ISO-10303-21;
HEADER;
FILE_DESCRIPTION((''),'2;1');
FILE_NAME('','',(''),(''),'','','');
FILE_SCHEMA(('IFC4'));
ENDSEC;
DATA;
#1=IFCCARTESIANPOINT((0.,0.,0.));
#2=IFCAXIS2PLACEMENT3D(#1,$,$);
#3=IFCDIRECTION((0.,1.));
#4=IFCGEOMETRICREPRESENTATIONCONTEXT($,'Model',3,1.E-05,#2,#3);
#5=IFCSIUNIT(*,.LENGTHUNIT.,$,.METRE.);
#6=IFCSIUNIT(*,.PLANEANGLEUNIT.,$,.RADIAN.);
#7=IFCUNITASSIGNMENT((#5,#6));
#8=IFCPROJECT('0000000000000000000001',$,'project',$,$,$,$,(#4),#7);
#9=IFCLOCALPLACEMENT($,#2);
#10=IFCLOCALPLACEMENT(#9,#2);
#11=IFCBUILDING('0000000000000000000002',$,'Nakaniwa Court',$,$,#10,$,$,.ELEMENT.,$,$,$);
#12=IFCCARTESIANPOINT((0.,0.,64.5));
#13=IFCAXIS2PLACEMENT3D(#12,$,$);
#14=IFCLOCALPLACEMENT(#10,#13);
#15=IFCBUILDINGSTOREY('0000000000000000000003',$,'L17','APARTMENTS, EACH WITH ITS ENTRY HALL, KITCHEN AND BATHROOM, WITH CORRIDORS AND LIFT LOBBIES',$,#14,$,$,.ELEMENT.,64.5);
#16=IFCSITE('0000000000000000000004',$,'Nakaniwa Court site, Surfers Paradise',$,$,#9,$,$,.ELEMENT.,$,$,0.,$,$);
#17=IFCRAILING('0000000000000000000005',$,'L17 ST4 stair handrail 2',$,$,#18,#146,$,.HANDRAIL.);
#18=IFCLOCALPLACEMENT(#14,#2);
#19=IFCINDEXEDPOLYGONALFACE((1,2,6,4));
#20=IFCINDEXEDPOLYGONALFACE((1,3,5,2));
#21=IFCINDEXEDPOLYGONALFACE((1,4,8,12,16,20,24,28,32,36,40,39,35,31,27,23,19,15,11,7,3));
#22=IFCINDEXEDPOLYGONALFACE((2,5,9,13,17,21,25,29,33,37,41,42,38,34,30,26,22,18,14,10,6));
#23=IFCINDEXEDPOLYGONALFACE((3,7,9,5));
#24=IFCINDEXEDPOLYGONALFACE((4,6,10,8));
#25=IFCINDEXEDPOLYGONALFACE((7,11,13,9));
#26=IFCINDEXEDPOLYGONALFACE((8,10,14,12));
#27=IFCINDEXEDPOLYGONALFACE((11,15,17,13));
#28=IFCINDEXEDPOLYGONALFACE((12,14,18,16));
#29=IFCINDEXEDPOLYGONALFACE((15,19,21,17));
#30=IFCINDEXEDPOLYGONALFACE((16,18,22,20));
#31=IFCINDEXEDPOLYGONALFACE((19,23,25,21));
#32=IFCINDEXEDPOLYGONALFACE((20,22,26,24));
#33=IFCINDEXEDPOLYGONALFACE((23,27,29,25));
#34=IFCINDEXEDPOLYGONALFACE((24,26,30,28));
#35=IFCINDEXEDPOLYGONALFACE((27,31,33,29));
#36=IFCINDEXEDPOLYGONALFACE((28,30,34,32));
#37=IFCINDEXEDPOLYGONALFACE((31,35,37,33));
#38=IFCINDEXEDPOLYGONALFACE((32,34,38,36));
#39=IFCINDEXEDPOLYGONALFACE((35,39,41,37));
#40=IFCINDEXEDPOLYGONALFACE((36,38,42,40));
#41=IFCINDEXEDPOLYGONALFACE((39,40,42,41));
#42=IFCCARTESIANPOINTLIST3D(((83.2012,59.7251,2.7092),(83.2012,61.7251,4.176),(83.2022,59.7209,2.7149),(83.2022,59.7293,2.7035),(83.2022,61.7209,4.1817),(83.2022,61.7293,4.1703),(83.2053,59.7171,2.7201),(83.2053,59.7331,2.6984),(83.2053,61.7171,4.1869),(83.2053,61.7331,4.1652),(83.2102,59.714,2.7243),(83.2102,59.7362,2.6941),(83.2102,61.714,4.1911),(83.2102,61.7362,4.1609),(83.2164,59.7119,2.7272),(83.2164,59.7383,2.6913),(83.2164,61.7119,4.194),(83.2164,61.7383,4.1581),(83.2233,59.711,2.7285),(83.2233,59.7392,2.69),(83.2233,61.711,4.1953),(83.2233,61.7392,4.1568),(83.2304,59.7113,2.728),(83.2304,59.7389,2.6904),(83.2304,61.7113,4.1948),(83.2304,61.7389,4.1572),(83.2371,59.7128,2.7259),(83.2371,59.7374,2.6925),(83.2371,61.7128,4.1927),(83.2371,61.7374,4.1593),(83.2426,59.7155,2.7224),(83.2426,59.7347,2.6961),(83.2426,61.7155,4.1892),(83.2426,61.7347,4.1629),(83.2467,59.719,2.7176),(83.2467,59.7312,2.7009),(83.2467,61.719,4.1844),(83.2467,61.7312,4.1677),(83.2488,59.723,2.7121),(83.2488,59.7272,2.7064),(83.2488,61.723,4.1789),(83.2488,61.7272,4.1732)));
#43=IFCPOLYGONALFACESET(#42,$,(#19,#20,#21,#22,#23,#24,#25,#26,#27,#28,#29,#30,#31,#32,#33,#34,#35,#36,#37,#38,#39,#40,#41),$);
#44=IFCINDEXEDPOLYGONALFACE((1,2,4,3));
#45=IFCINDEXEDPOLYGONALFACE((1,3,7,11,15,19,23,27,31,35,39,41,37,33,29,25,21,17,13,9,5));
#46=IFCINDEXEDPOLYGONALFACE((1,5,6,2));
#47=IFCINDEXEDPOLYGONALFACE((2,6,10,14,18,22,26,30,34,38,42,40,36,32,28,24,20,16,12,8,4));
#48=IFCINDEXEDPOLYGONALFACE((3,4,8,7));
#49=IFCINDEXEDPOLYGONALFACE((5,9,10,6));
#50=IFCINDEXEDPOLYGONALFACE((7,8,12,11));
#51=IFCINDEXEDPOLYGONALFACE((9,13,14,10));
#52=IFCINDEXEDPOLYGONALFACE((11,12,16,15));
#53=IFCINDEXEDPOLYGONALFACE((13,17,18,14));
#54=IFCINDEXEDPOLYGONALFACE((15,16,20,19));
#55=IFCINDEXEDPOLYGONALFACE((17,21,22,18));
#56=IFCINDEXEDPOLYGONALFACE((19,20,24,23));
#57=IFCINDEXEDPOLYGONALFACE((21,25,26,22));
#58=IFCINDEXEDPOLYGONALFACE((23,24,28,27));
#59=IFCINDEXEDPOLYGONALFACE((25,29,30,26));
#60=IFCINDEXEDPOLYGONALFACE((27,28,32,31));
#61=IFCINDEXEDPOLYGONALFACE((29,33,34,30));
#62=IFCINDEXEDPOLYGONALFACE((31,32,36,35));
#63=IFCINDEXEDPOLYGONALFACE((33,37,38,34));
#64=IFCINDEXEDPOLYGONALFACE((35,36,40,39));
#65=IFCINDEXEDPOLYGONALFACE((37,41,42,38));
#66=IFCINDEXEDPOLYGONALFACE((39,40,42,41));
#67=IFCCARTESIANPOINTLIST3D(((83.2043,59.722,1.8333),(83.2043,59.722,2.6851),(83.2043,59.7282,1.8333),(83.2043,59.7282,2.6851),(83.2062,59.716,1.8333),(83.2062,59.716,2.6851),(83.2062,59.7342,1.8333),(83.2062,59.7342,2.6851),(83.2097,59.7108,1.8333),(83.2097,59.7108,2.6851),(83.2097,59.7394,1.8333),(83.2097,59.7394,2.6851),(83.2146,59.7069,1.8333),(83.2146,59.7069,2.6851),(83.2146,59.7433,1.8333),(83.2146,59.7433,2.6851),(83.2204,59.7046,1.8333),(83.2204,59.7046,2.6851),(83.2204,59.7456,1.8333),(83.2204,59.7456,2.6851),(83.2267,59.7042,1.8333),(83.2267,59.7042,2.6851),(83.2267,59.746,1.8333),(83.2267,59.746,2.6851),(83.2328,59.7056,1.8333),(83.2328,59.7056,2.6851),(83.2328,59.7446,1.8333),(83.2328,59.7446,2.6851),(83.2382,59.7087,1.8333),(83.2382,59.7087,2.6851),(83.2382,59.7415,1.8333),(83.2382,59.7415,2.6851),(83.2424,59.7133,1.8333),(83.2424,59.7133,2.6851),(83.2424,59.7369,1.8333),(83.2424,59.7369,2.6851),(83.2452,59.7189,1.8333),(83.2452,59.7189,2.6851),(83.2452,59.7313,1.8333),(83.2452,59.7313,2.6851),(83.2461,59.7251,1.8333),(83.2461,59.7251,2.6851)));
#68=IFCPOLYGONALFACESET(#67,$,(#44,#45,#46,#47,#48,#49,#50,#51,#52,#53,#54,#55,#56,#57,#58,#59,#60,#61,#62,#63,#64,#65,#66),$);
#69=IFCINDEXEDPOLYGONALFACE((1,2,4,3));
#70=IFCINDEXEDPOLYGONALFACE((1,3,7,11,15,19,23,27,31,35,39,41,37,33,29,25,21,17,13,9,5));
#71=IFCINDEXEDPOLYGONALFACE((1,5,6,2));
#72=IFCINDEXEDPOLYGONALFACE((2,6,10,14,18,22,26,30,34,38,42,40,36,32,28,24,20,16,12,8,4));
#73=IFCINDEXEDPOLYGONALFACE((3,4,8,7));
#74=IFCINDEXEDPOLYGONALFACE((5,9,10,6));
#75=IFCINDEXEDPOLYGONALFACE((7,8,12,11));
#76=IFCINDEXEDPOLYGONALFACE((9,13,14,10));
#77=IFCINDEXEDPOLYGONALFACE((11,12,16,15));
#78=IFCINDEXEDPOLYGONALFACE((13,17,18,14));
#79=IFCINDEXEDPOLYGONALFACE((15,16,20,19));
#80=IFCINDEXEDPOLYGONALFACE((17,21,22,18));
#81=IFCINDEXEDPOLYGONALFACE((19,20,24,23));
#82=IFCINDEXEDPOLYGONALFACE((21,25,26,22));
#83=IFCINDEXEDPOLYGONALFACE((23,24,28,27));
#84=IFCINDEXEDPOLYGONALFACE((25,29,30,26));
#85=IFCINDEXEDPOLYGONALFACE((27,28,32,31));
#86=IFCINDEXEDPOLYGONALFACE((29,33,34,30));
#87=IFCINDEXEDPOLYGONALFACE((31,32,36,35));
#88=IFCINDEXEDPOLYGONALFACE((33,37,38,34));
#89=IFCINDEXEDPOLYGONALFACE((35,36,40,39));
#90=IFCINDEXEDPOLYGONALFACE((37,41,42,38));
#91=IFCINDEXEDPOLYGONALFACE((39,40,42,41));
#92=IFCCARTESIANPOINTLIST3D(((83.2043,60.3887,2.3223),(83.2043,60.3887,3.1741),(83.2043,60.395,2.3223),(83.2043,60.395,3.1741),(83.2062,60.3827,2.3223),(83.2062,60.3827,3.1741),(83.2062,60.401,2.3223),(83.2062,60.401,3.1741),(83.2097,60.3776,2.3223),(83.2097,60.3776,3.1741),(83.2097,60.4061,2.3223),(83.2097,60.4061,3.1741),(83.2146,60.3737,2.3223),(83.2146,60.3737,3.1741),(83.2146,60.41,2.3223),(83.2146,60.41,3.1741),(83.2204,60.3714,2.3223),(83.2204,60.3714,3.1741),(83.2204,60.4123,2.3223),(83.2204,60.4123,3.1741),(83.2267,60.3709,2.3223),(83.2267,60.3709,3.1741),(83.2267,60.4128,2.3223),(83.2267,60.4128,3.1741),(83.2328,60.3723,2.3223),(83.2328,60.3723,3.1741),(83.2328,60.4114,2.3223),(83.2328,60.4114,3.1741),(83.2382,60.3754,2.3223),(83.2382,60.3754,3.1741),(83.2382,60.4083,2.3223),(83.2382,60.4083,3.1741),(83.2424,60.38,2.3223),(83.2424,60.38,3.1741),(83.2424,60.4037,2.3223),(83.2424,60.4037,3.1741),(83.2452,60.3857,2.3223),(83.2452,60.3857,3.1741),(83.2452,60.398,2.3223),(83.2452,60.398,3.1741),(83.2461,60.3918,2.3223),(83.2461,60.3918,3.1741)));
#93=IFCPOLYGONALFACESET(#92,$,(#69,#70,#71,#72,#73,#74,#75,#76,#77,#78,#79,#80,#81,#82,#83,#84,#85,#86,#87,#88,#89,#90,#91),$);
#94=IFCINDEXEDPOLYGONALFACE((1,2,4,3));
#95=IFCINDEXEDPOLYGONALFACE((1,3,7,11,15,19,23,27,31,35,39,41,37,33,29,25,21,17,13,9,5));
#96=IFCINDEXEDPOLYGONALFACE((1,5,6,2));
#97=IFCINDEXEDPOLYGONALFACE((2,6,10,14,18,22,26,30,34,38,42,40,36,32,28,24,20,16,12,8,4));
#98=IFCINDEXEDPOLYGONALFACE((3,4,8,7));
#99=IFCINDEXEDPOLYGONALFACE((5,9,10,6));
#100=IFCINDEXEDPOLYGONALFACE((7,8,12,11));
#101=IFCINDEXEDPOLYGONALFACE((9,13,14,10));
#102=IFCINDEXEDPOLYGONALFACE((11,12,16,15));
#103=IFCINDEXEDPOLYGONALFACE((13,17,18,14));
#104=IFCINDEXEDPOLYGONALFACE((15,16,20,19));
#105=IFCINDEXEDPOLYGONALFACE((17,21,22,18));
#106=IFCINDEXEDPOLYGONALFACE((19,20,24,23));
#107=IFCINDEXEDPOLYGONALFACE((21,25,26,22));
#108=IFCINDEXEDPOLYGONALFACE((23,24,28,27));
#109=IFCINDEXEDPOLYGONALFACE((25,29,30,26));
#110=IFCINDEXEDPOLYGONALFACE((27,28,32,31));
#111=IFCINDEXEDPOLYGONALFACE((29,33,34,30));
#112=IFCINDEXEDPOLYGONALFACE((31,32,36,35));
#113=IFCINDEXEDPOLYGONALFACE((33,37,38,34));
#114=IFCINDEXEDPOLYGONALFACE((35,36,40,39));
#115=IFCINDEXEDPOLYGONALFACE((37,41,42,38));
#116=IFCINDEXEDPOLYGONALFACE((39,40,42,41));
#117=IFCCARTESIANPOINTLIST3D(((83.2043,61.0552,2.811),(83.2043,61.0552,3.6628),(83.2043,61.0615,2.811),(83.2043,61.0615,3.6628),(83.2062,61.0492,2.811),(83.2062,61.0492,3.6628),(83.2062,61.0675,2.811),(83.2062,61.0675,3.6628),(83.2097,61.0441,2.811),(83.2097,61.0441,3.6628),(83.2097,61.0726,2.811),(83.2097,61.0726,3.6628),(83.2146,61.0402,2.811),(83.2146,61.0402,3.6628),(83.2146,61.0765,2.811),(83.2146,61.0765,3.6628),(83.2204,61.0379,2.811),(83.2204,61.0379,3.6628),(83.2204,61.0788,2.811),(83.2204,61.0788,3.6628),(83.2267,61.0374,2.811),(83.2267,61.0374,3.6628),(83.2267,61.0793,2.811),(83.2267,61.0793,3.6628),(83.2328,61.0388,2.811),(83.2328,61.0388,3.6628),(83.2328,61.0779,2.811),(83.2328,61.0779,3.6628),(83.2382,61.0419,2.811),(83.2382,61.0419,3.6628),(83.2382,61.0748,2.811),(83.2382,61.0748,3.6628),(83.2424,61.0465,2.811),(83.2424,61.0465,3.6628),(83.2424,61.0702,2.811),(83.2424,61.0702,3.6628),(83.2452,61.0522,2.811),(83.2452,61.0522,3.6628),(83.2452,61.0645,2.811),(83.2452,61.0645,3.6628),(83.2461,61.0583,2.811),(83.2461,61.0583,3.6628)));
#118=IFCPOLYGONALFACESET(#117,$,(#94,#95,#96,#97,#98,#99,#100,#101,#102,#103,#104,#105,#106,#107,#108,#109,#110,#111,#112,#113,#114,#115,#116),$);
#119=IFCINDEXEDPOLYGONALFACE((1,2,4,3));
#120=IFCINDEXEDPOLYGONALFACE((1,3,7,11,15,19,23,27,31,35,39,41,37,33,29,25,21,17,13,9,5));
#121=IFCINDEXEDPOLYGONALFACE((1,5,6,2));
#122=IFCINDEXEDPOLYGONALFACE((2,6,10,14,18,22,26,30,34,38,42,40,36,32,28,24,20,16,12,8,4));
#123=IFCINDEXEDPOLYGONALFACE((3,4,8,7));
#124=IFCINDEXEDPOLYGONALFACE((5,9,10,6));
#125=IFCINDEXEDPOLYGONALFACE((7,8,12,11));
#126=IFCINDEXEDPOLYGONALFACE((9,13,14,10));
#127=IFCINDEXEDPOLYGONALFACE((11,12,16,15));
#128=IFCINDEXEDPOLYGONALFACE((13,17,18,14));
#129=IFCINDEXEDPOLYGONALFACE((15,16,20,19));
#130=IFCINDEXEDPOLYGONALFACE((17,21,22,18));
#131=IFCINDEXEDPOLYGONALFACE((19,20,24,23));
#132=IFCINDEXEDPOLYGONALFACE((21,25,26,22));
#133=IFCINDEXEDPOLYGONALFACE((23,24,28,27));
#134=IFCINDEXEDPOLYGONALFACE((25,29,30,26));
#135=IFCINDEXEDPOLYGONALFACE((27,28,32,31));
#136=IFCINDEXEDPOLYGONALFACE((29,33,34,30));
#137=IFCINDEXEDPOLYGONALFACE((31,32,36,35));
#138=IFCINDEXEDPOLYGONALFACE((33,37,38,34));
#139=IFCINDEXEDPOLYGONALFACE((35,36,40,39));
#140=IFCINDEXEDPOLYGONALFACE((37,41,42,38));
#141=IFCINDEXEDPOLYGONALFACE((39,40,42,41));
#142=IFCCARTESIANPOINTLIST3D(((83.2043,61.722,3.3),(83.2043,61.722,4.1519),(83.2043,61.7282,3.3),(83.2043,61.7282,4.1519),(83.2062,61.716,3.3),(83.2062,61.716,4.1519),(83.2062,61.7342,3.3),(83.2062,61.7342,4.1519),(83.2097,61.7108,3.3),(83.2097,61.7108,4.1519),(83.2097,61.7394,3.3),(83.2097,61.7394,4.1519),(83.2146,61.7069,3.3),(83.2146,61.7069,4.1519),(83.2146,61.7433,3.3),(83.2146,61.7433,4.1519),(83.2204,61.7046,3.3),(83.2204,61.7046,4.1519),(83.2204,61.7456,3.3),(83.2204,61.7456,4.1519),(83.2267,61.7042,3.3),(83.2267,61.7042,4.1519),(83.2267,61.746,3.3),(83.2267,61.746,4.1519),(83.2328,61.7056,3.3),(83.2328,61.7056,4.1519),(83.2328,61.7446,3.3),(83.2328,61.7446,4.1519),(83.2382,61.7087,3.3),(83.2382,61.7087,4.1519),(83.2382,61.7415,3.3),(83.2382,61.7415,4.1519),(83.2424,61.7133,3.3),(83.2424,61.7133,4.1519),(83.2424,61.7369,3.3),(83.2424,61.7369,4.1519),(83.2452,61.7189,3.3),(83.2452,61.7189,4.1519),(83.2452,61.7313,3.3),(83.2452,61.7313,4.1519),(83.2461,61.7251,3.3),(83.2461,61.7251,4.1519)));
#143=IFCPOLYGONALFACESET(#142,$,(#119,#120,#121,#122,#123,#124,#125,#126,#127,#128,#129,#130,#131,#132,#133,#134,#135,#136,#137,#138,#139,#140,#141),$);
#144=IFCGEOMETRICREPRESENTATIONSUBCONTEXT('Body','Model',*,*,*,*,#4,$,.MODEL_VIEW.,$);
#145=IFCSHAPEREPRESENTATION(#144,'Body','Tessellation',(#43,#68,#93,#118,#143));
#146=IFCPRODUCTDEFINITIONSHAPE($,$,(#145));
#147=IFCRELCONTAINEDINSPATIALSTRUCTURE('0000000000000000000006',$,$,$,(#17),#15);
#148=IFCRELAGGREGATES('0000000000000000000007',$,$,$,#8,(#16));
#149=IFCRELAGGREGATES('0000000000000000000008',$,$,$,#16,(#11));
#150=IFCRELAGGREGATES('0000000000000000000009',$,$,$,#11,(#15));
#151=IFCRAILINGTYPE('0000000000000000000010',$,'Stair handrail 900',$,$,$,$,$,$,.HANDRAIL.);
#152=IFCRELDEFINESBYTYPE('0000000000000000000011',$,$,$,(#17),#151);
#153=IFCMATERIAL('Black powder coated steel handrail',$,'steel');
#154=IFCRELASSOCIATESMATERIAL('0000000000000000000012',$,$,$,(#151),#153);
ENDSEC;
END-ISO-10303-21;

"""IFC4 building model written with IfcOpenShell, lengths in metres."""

from ifc_helpers import new_model, si_unit, direction, frame, origin, origin_2d, place, context, subcontext, project, spatial, circle, extrude, material, type_object, element, save


model = new_model("IFC4")

# Units and contexts
model_context = context("Model", 3, precision=1e-05, world=origin(), true_north=direction((0.0, 1.0)))
body_context = subcontext(model_context, "Body", "Model", "MODEL_VIEW")
ifc_project = project(units=[si_unit("LENGTHUNIT", "METRE"), si_unit("PLANEANGLEUNIT", "RADIAN")], contexts=[model_context])

# Site, building, storey
site_placement = place(None, origin())
site = spatial("IfcSite", under=ifc_project, at=site_placement, Name="Nakaniwa Court site, Surfers Paradise", CompositionType="ELEMENT", RefElevation=0.0)
building_placement = place(site_placement, origin())
building = spatial("IfcBuilding", under=site, at=building_placement, Name="Nakaniwa Court", CompositionType="ELEMENT")
storey_placement = place(building_placement, frame((0.0, 0.0, 64.5)))
storey = spatial("IfcBuildingStorey", under=building, at=storey_placement, Name="L17", Description="APARTMENTS, EACH WITH ITS ENTRY HALL, KITCHEN AND BATHROOM, WITH CORRIDORS AND LIFT LOBBIES", CompositionType="ELEMENT", Elevation=64.5)

# Railing
ifc_material_1 = material(Name="Black powder coated steel handrail", Category="steel")
railing_type_1 = type_object("IfcRailingType", Name="Stair handrail 900", PredefinedType="HANDRAIL", material=ifc_material_1)
railing_1_placement = place(storey_placement, frame((83.2251, 59.7251, 1.8333)))
element("IfcRailing", 1, at=railing_1_placement, inside=storey, type_object=railing_type_1, Name="L17 ST4 stair handrail 2", PredefinedType="HANDRAIL", context=body_context, shape_type="SweptSolid", body=[
    extrude(circle(Radius=0.0239, at=origin_2d()), frame((0.0, 0.0, 0.876), z_axis=(0.0, 0.80638, 0.591398), x_axis=(-1.0, 0.0, 0.0)), (0.0, 0.0, 1.0), 2.4802),
    extrude(circle(Radius=0.021, at=origin_2d()), origin(), (0.0, 0.0, 1.0), 0.8518),
    extrude(circle(Radius=0.021, at=origin_2d()), frame((0.0, 0.6667, 0.489)), (0.0, 0.0, 1.0), 0.8518),
    extrude(circle(Radius=0.021, at=origin_2d()), frame((0.0, 1.3333, 0.9778)), (0.0, 0.0, 1.0), 0.8518),
    extrude(circle(Radius=0.021, at=origin_2d()), frame((0.0, 2.0, 1.4668)), (0.0, 0.0, 1.0), 0.8518),
])

save(model, "model.ifc")
